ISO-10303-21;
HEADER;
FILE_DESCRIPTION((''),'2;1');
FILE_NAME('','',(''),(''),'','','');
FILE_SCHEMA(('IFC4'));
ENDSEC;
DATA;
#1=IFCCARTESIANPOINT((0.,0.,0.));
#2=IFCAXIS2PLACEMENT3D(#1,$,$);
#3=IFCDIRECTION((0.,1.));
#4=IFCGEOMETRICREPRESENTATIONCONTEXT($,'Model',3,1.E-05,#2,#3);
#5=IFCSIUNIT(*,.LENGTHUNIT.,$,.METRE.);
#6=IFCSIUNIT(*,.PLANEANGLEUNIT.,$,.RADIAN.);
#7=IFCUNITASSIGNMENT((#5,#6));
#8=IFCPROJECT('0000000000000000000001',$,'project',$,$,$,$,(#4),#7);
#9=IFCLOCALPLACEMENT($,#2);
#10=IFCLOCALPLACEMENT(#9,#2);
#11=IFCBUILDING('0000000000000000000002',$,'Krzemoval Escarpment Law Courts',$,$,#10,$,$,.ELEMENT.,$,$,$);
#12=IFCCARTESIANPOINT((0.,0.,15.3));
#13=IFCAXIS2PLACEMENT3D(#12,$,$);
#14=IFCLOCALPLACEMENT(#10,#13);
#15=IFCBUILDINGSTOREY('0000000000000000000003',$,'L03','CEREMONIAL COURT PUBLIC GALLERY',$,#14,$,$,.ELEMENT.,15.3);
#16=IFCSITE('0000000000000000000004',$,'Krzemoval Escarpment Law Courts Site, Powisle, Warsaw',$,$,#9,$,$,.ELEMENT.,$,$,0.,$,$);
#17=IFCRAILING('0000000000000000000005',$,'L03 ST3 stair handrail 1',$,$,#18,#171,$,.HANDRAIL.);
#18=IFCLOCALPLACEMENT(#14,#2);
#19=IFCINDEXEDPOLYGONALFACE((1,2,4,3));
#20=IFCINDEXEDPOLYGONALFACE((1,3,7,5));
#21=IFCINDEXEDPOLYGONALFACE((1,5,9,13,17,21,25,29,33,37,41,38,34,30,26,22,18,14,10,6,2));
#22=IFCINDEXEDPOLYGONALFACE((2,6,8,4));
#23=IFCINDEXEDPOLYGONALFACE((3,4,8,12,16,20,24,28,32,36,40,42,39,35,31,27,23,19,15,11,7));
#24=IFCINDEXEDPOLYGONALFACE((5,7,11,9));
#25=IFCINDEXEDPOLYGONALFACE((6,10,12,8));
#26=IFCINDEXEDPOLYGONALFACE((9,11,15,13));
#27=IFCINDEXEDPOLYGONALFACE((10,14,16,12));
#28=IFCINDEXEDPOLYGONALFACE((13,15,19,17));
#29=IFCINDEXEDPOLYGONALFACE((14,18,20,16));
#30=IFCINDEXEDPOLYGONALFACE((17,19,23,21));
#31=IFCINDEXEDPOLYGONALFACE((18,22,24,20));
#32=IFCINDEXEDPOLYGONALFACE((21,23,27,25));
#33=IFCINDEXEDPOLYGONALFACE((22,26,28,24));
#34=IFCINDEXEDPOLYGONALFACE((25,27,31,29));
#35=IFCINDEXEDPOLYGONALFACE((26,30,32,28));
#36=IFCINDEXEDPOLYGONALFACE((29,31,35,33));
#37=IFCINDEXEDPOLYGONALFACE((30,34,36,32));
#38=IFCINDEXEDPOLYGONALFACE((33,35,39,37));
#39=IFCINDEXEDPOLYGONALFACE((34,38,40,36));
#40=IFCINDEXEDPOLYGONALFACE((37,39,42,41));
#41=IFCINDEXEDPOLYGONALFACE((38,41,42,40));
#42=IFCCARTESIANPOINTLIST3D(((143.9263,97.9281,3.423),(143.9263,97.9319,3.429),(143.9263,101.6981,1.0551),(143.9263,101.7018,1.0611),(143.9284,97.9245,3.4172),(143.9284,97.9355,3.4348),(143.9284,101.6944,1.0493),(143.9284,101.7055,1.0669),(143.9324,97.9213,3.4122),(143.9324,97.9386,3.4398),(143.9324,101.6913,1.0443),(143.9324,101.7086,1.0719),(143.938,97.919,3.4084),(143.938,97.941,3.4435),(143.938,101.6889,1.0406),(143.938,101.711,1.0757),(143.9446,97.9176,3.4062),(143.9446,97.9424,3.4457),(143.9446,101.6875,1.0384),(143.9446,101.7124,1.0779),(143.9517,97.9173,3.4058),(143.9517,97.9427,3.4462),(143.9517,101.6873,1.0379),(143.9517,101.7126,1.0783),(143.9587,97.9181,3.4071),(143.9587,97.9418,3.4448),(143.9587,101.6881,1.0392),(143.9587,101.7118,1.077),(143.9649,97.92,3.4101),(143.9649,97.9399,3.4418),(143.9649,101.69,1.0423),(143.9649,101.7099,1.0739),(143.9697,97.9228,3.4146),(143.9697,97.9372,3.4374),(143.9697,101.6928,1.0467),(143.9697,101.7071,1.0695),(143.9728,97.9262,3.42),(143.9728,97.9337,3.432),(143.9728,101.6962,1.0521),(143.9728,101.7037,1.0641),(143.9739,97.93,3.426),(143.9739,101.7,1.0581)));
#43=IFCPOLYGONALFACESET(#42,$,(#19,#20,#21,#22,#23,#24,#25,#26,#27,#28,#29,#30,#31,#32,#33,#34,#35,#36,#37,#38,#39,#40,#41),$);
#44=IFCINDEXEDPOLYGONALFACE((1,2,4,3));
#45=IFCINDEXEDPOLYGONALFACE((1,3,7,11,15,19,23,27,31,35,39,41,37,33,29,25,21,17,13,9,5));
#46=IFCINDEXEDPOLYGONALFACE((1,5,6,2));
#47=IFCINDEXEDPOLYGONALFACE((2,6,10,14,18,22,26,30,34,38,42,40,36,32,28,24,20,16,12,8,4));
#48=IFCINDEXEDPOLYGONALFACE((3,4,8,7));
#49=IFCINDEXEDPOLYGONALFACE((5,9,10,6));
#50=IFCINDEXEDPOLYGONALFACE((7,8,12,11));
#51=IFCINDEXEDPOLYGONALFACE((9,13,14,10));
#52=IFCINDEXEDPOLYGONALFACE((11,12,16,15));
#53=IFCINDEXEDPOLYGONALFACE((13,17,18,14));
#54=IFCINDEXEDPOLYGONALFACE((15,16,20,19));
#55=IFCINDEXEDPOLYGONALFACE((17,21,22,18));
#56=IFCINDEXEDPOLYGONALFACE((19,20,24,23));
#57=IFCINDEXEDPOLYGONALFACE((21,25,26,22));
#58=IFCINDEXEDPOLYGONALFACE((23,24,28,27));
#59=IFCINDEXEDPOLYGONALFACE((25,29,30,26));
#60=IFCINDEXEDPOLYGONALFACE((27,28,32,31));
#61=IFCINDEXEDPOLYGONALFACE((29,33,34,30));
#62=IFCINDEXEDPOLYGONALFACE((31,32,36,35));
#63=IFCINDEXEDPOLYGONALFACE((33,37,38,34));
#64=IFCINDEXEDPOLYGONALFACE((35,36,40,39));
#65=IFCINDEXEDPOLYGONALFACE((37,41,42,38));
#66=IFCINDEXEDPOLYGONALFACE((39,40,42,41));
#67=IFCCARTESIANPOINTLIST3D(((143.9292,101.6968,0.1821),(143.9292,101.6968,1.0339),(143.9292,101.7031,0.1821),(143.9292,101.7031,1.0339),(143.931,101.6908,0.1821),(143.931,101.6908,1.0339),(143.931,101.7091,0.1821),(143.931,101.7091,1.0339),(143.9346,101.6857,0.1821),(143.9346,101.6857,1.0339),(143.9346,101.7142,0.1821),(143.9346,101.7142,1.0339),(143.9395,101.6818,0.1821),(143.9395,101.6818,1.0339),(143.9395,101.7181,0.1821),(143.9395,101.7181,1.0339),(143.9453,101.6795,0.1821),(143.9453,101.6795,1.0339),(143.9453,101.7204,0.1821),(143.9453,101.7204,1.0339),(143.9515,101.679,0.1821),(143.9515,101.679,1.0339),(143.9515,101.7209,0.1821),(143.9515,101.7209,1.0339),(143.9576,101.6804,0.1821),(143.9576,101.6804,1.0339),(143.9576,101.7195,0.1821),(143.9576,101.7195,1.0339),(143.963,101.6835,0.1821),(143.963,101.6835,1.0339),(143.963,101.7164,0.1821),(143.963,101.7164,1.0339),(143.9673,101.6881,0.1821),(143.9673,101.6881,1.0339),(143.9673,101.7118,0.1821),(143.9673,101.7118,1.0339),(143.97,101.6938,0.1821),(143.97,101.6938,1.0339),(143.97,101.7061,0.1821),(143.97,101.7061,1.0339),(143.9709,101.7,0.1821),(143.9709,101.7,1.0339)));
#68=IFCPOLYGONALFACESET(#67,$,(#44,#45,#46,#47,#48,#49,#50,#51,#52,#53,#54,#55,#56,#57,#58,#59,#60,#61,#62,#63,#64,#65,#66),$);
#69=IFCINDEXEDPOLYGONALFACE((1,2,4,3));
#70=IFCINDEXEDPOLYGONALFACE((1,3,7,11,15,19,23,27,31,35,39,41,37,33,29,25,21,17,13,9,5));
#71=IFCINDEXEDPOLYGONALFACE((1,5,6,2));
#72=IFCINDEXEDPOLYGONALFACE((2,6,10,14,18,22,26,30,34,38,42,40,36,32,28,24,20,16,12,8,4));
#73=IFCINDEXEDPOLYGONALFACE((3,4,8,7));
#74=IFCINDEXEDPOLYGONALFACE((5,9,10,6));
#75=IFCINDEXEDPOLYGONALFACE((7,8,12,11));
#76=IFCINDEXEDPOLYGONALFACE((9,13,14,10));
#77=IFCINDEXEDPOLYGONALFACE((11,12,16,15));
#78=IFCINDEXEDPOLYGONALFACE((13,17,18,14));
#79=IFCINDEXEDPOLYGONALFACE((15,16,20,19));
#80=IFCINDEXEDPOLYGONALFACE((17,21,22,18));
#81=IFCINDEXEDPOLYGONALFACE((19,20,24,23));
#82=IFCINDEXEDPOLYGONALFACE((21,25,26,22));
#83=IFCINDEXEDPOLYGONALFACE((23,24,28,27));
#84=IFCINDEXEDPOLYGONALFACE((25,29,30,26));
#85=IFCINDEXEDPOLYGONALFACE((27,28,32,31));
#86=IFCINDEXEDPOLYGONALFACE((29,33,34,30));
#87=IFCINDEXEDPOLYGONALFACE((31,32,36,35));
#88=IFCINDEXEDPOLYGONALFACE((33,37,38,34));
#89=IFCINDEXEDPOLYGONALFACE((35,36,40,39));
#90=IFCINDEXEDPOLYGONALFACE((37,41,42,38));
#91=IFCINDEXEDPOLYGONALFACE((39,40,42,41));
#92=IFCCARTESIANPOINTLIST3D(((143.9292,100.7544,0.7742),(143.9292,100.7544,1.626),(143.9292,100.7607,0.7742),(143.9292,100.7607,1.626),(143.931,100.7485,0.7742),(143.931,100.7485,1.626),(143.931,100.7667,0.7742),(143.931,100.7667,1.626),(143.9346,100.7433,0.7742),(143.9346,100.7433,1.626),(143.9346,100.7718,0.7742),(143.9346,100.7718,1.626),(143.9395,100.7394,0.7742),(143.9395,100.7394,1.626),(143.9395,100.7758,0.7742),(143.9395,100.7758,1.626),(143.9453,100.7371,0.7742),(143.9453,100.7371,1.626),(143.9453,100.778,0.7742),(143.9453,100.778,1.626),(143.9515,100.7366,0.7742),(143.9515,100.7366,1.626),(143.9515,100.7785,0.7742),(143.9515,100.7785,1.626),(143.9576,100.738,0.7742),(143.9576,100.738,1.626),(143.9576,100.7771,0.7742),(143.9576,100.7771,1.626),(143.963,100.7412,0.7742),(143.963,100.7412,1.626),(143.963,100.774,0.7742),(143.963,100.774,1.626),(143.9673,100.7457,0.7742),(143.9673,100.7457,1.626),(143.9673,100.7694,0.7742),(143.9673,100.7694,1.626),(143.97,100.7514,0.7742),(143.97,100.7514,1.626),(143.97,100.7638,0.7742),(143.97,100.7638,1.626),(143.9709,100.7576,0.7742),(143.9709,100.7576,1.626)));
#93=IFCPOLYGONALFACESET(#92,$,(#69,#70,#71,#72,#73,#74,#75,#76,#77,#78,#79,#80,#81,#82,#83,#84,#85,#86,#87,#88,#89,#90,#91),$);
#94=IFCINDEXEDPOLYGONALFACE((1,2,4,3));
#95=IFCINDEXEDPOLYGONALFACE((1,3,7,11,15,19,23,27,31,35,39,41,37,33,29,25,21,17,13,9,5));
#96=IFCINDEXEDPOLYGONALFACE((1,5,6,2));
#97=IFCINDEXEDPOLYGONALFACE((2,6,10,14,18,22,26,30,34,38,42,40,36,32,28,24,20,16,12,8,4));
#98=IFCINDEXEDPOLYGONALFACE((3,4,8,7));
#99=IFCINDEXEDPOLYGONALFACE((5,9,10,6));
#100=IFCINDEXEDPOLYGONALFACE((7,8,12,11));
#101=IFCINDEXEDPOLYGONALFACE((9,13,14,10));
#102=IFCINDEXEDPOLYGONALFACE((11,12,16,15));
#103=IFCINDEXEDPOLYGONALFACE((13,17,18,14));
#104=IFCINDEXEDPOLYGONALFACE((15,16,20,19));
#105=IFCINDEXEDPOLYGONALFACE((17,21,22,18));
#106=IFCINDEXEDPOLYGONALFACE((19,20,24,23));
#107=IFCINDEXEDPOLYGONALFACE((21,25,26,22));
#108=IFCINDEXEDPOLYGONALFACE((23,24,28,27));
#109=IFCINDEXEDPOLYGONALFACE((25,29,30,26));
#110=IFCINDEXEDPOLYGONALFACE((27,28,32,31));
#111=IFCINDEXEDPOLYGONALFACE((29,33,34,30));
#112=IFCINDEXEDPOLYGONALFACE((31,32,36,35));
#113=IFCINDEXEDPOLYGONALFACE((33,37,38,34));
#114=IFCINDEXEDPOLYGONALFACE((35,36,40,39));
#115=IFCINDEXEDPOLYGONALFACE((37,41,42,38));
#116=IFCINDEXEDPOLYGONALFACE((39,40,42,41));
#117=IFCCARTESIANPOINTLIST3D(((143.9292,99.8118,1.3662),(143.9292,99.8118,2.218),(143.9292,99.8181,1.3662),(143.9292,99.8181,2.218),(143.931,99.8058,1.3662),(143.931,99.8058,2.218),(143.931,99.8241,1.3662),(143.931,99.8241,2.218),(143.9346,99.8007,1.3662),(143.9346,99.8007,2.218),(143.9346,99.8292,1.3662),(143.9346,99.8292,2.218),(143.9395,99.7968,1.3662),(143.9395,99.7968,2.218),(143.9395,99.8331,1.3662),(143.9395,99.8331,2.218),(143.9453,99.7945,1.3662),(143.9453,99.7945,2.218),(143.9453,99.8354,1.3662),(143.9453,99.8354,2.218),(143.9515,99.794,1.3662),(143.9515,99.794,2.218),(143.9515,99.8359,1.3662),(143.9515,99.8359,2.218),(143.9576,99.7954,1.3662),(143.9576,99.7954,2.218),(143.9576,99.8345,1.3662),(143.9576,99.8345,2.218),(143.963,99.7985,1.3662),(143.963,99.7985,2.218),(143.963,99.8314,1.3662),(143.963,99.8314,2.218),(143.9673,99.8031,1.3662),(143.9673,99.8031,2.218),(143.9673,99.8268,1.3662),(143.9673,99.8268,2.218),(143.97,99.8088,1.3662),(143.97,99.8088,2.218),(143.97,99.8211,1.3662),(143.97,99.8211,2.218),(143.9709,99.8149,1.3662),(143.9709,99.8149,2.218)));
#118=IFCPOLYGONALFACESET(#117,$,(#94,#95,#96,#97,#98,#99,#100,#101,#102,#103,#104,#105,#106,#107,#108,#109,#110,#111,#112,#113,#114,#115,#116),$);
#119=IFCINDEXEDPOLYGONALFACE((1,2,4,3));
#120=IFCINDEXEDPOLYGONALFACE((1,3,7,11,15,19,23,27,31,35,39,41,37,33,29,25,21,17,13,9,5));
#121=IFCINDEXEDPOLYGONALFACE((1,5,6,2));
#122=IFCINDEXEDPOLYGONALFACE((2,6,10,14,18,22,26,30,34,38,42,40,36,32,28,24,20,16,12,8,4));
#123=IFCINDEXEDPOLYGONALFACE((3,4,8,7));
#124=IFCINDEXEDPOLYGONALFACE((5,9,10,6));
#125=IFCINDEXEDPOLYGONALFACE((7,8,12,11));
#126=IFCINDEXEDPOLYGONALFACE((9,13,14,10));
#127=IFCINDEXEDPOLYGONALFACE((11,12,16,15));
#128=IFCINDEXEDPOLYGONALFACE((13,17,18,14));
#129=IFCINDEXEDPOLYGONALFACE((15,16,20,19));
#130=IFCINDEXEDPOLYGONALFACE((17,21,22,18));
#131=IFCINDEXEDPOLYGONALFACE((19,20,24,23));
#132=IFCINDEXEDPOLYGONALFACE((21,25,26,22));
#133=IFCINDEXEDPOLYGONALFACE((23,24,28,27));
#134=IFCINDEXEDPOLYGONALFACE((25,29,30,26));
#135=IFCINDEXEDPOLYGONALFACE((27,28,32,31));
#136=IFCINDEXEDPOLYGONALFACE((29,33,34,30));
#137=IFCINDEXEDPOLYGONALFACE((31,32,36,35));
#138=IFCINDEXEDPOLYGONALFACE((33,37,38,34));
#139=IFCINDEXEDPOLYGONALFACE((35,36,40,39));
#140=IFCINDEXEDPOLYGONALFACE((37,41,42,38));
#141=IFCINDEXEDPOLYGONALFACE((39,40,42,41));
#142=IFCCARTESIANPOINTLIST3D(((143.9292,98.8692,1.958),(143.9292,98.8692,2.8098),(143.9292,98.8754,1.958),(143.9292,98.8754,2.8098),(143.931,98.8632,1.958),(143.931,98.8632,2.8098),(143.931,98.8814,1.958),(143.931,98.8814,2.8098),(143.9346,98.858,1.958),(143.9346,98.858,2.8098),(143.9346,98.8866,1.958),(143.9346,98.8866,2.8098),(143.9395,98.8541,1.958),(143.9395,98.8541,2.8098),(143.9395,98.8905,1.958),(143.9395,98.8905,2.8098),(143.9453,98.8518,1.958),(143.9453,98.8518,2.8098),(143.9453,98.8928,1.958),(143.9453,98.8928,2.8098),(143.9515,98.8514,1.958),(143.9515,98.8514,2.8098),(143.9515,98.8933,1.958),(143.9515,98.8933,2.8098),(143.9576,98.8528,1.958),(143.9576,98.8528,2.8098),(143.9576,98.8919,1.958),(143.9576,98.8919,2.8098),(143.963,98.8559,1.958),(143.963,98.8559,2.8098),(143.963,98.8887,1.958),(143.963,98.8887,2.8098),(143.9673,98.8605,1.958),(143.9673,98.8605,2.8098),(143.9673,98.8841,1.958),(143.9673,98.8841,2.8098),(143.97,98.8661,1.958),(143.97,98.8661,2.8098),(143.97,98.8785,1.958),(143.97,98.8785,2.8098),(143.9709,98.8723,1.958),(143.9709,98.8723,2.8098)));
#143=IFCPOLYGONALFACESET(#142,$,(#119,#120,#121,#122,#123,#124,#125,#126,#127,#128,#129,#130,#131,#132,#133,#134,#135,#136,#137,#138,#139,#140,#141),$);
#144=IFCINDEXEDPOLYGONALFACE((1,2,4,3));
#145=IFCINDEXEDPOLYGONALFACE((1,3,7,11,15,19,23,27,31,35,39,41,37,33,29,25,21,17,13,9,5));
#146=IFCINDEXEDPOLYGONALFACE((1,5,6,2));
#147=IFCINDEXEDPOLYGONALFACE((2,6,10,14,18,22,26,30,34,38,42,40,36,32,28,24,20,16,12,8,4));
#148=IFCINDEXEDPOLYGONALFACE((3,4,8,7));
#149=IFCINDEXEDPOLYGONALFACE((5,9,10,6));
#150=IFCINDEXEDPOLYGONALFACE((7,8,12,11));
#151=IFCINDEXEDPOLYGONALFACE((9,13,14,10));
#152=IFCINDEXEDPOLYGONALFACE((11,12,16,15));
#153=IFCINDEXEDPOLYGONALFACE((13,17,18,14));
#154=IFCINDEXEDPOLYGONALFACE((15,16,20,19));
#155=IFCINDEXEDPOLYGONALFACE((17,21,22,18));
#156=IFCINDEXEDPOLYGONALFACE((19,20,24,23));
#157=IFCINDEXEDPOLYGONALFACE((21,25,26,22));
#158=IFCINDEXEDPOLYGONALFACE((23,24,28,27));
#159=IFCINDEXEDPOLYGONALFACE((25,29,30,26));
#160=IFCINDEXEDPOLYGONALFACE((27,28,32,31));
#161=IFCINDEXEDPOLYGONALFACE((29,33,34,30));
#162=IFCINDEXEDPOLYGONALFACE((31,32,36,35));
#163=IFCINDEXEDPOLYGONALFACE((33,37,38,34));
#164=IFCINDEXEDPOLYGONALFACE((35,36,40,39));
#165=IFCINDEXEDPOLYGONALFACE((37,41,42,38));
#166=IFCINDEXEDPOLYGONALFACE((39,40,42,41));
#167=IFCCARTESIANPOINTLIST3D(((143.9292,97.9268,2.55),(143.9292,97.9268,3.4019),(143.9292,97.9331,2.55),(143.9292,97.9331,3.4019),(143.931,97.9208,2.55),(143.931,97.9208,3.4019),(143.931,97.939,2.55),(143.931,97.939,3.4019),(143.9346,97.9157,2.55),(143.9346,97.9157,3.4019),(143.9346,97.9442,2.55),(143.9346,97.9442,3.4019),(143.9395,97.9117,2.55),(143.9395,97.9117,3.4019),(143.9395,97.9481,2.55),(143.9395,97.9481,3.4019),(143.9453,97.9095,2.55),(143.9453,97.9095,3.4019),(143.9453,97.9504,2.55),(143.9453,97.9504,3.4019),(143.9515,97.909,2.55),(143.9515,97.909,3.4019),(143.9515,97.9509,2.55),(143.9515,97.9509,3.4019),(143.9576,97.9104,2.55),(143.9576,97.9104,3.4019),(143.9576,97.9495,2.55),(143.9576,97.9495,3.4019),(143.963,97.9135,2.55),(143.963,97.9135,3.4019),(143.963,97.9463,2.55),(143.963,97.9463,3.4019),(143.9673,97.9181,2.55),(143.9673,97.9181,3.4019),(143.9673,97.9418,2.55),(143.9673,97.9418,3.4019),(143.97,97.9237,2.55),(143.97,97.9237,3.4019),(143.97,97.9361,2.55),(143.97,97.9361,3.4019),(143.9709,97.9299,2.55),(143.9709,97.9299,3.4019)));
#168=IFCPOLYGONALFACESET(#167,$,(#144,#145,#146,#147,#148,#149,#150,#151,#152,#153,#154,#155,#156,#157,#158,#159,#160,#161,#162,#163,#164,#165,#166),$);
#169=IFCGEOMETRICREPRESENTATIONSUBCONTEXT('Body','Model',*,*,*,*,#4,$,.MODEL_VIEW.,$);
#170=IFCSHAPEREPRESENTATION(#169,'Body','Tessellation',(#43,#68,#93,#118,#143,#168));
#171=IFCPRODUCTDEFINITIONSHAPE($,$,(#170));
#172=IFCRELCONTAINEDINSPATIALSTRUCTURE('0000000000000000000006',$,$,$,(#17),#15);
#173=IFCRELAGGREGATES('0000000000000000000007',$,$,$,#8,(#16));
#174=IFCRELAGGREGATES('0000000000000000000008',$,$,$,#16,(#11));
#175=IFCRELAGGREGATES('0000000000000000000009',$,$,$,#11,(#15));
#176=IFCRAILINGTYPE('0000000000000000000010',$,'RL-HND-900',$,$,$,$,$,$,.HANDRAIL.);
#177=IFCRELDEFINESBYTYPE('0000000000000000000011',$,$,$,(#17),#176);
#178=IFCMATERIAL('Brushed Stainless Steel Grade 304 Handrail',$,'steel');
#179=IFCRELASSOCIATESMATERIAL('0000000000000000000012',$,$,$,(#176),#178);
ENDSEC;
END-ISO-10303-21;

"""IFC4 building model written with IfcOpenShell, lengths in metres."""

from ifc_helpers import new_model, si_unit, direction, frame, origin, origin_2d, place, context, subcontext, project, spatial, circle, extrude, material, type_object, element, save


model = new_model("IFC4")

# Units and contexts
model_context = context("Model", 3, precision=1e-05, world=origin(), true_north=direction((0.0, 1.0)))
body_context = subcontext(model_context, "Body", "Model", "MODEL_VIEW")
ifc_project = project(units=[si_unit("LENGTHUNIT", "METRE"), si_unit("PLANEANGLEUNIT", "RADIAN")], contexts=[model_context])

# Site, building, storey
site_placement = place(None, origin())
site = spatial("IfcSite", under=ifc_project, at=site_placement, Name="Krzemoval Escarpment Law Courts Site, Powisle, Warsaw", CompositionType="ELEMENT", RefElevation=0.0)
building_placement = place(site_placement, origin())
building = spatial("IfcBuilding", under=site, at=building_placement, Name="Krzemoval Escarpment Law Courts", CompositionType="ELEMENT")
storey_placement = place(building_placement, frame((0.0, 0.0, 15.3)))
storey = spatial("IfcBuildingStorey", under=building, at=storey_placement, Name="L03", Description="CEREMONIAL COURT PUBLIC GALLERY", CompositionType="ELEMENT", Elevation=15.3)

# Railing
ifc_material_1 = material(Name="Brushed Stainless Steel Grade 304 Handrail", Category="steel")
railing_type_1 = type_object("IfcRailingType", Name="RL-HND-900", PredefinedType="HANDRAIL", material=ifc_material_1)
for number, where, name in (
    (1, (143.95, 101.7, 0.1821), "L03 ST3 stair handrail 1"),
):
    element("IfcRailing", number, at=place(storey_placement, frame(where)), inside=storey, type_object=railing_type_1, Name=name, PredefinedType="HANDRAIL", context=body_context, shape_type="SweptSolid", body=[
        extrude(circle(Radius=0.0239, at=origin_2d()), frame((0.0, 0.0, 0.876), z_axis=(0.0, -0.846819, 0.531881), x_axis=(1.0, 0.0, 0.0)), (0.0, 0.0, 1.0), 4.4519),
        extrude(circle(Radius=0.021, at=origin_2d()), origin(), (0.0, 0.0, 1.0), 0.8518),
        extrude(circle(Radius=0.021, at=origin_2d()), frame((0.0, -0.9424, 0.592)), (0.0, 0.0, 1.0), 0.8518),
        extrude(circle(Radius=0.021, at=origin_2d()), frame((0.0, -1.885, 1.1841)), (0.0, 0.0, 1.0), 0.8518),
        extrude(circle(Radius=0.021, at=origin_2d()), frame((0.0, -2.8276, 1.7759)), (0.0, 0.0, 1.0), 0.8518),
        extrude(circle(Radius=0.021, at=origin_2d()), frame((0.0, -3.77, 2.3679)), (0.0, 0.0, 1.0), 0.8518),
    ])

save(model, "model.ifc")
